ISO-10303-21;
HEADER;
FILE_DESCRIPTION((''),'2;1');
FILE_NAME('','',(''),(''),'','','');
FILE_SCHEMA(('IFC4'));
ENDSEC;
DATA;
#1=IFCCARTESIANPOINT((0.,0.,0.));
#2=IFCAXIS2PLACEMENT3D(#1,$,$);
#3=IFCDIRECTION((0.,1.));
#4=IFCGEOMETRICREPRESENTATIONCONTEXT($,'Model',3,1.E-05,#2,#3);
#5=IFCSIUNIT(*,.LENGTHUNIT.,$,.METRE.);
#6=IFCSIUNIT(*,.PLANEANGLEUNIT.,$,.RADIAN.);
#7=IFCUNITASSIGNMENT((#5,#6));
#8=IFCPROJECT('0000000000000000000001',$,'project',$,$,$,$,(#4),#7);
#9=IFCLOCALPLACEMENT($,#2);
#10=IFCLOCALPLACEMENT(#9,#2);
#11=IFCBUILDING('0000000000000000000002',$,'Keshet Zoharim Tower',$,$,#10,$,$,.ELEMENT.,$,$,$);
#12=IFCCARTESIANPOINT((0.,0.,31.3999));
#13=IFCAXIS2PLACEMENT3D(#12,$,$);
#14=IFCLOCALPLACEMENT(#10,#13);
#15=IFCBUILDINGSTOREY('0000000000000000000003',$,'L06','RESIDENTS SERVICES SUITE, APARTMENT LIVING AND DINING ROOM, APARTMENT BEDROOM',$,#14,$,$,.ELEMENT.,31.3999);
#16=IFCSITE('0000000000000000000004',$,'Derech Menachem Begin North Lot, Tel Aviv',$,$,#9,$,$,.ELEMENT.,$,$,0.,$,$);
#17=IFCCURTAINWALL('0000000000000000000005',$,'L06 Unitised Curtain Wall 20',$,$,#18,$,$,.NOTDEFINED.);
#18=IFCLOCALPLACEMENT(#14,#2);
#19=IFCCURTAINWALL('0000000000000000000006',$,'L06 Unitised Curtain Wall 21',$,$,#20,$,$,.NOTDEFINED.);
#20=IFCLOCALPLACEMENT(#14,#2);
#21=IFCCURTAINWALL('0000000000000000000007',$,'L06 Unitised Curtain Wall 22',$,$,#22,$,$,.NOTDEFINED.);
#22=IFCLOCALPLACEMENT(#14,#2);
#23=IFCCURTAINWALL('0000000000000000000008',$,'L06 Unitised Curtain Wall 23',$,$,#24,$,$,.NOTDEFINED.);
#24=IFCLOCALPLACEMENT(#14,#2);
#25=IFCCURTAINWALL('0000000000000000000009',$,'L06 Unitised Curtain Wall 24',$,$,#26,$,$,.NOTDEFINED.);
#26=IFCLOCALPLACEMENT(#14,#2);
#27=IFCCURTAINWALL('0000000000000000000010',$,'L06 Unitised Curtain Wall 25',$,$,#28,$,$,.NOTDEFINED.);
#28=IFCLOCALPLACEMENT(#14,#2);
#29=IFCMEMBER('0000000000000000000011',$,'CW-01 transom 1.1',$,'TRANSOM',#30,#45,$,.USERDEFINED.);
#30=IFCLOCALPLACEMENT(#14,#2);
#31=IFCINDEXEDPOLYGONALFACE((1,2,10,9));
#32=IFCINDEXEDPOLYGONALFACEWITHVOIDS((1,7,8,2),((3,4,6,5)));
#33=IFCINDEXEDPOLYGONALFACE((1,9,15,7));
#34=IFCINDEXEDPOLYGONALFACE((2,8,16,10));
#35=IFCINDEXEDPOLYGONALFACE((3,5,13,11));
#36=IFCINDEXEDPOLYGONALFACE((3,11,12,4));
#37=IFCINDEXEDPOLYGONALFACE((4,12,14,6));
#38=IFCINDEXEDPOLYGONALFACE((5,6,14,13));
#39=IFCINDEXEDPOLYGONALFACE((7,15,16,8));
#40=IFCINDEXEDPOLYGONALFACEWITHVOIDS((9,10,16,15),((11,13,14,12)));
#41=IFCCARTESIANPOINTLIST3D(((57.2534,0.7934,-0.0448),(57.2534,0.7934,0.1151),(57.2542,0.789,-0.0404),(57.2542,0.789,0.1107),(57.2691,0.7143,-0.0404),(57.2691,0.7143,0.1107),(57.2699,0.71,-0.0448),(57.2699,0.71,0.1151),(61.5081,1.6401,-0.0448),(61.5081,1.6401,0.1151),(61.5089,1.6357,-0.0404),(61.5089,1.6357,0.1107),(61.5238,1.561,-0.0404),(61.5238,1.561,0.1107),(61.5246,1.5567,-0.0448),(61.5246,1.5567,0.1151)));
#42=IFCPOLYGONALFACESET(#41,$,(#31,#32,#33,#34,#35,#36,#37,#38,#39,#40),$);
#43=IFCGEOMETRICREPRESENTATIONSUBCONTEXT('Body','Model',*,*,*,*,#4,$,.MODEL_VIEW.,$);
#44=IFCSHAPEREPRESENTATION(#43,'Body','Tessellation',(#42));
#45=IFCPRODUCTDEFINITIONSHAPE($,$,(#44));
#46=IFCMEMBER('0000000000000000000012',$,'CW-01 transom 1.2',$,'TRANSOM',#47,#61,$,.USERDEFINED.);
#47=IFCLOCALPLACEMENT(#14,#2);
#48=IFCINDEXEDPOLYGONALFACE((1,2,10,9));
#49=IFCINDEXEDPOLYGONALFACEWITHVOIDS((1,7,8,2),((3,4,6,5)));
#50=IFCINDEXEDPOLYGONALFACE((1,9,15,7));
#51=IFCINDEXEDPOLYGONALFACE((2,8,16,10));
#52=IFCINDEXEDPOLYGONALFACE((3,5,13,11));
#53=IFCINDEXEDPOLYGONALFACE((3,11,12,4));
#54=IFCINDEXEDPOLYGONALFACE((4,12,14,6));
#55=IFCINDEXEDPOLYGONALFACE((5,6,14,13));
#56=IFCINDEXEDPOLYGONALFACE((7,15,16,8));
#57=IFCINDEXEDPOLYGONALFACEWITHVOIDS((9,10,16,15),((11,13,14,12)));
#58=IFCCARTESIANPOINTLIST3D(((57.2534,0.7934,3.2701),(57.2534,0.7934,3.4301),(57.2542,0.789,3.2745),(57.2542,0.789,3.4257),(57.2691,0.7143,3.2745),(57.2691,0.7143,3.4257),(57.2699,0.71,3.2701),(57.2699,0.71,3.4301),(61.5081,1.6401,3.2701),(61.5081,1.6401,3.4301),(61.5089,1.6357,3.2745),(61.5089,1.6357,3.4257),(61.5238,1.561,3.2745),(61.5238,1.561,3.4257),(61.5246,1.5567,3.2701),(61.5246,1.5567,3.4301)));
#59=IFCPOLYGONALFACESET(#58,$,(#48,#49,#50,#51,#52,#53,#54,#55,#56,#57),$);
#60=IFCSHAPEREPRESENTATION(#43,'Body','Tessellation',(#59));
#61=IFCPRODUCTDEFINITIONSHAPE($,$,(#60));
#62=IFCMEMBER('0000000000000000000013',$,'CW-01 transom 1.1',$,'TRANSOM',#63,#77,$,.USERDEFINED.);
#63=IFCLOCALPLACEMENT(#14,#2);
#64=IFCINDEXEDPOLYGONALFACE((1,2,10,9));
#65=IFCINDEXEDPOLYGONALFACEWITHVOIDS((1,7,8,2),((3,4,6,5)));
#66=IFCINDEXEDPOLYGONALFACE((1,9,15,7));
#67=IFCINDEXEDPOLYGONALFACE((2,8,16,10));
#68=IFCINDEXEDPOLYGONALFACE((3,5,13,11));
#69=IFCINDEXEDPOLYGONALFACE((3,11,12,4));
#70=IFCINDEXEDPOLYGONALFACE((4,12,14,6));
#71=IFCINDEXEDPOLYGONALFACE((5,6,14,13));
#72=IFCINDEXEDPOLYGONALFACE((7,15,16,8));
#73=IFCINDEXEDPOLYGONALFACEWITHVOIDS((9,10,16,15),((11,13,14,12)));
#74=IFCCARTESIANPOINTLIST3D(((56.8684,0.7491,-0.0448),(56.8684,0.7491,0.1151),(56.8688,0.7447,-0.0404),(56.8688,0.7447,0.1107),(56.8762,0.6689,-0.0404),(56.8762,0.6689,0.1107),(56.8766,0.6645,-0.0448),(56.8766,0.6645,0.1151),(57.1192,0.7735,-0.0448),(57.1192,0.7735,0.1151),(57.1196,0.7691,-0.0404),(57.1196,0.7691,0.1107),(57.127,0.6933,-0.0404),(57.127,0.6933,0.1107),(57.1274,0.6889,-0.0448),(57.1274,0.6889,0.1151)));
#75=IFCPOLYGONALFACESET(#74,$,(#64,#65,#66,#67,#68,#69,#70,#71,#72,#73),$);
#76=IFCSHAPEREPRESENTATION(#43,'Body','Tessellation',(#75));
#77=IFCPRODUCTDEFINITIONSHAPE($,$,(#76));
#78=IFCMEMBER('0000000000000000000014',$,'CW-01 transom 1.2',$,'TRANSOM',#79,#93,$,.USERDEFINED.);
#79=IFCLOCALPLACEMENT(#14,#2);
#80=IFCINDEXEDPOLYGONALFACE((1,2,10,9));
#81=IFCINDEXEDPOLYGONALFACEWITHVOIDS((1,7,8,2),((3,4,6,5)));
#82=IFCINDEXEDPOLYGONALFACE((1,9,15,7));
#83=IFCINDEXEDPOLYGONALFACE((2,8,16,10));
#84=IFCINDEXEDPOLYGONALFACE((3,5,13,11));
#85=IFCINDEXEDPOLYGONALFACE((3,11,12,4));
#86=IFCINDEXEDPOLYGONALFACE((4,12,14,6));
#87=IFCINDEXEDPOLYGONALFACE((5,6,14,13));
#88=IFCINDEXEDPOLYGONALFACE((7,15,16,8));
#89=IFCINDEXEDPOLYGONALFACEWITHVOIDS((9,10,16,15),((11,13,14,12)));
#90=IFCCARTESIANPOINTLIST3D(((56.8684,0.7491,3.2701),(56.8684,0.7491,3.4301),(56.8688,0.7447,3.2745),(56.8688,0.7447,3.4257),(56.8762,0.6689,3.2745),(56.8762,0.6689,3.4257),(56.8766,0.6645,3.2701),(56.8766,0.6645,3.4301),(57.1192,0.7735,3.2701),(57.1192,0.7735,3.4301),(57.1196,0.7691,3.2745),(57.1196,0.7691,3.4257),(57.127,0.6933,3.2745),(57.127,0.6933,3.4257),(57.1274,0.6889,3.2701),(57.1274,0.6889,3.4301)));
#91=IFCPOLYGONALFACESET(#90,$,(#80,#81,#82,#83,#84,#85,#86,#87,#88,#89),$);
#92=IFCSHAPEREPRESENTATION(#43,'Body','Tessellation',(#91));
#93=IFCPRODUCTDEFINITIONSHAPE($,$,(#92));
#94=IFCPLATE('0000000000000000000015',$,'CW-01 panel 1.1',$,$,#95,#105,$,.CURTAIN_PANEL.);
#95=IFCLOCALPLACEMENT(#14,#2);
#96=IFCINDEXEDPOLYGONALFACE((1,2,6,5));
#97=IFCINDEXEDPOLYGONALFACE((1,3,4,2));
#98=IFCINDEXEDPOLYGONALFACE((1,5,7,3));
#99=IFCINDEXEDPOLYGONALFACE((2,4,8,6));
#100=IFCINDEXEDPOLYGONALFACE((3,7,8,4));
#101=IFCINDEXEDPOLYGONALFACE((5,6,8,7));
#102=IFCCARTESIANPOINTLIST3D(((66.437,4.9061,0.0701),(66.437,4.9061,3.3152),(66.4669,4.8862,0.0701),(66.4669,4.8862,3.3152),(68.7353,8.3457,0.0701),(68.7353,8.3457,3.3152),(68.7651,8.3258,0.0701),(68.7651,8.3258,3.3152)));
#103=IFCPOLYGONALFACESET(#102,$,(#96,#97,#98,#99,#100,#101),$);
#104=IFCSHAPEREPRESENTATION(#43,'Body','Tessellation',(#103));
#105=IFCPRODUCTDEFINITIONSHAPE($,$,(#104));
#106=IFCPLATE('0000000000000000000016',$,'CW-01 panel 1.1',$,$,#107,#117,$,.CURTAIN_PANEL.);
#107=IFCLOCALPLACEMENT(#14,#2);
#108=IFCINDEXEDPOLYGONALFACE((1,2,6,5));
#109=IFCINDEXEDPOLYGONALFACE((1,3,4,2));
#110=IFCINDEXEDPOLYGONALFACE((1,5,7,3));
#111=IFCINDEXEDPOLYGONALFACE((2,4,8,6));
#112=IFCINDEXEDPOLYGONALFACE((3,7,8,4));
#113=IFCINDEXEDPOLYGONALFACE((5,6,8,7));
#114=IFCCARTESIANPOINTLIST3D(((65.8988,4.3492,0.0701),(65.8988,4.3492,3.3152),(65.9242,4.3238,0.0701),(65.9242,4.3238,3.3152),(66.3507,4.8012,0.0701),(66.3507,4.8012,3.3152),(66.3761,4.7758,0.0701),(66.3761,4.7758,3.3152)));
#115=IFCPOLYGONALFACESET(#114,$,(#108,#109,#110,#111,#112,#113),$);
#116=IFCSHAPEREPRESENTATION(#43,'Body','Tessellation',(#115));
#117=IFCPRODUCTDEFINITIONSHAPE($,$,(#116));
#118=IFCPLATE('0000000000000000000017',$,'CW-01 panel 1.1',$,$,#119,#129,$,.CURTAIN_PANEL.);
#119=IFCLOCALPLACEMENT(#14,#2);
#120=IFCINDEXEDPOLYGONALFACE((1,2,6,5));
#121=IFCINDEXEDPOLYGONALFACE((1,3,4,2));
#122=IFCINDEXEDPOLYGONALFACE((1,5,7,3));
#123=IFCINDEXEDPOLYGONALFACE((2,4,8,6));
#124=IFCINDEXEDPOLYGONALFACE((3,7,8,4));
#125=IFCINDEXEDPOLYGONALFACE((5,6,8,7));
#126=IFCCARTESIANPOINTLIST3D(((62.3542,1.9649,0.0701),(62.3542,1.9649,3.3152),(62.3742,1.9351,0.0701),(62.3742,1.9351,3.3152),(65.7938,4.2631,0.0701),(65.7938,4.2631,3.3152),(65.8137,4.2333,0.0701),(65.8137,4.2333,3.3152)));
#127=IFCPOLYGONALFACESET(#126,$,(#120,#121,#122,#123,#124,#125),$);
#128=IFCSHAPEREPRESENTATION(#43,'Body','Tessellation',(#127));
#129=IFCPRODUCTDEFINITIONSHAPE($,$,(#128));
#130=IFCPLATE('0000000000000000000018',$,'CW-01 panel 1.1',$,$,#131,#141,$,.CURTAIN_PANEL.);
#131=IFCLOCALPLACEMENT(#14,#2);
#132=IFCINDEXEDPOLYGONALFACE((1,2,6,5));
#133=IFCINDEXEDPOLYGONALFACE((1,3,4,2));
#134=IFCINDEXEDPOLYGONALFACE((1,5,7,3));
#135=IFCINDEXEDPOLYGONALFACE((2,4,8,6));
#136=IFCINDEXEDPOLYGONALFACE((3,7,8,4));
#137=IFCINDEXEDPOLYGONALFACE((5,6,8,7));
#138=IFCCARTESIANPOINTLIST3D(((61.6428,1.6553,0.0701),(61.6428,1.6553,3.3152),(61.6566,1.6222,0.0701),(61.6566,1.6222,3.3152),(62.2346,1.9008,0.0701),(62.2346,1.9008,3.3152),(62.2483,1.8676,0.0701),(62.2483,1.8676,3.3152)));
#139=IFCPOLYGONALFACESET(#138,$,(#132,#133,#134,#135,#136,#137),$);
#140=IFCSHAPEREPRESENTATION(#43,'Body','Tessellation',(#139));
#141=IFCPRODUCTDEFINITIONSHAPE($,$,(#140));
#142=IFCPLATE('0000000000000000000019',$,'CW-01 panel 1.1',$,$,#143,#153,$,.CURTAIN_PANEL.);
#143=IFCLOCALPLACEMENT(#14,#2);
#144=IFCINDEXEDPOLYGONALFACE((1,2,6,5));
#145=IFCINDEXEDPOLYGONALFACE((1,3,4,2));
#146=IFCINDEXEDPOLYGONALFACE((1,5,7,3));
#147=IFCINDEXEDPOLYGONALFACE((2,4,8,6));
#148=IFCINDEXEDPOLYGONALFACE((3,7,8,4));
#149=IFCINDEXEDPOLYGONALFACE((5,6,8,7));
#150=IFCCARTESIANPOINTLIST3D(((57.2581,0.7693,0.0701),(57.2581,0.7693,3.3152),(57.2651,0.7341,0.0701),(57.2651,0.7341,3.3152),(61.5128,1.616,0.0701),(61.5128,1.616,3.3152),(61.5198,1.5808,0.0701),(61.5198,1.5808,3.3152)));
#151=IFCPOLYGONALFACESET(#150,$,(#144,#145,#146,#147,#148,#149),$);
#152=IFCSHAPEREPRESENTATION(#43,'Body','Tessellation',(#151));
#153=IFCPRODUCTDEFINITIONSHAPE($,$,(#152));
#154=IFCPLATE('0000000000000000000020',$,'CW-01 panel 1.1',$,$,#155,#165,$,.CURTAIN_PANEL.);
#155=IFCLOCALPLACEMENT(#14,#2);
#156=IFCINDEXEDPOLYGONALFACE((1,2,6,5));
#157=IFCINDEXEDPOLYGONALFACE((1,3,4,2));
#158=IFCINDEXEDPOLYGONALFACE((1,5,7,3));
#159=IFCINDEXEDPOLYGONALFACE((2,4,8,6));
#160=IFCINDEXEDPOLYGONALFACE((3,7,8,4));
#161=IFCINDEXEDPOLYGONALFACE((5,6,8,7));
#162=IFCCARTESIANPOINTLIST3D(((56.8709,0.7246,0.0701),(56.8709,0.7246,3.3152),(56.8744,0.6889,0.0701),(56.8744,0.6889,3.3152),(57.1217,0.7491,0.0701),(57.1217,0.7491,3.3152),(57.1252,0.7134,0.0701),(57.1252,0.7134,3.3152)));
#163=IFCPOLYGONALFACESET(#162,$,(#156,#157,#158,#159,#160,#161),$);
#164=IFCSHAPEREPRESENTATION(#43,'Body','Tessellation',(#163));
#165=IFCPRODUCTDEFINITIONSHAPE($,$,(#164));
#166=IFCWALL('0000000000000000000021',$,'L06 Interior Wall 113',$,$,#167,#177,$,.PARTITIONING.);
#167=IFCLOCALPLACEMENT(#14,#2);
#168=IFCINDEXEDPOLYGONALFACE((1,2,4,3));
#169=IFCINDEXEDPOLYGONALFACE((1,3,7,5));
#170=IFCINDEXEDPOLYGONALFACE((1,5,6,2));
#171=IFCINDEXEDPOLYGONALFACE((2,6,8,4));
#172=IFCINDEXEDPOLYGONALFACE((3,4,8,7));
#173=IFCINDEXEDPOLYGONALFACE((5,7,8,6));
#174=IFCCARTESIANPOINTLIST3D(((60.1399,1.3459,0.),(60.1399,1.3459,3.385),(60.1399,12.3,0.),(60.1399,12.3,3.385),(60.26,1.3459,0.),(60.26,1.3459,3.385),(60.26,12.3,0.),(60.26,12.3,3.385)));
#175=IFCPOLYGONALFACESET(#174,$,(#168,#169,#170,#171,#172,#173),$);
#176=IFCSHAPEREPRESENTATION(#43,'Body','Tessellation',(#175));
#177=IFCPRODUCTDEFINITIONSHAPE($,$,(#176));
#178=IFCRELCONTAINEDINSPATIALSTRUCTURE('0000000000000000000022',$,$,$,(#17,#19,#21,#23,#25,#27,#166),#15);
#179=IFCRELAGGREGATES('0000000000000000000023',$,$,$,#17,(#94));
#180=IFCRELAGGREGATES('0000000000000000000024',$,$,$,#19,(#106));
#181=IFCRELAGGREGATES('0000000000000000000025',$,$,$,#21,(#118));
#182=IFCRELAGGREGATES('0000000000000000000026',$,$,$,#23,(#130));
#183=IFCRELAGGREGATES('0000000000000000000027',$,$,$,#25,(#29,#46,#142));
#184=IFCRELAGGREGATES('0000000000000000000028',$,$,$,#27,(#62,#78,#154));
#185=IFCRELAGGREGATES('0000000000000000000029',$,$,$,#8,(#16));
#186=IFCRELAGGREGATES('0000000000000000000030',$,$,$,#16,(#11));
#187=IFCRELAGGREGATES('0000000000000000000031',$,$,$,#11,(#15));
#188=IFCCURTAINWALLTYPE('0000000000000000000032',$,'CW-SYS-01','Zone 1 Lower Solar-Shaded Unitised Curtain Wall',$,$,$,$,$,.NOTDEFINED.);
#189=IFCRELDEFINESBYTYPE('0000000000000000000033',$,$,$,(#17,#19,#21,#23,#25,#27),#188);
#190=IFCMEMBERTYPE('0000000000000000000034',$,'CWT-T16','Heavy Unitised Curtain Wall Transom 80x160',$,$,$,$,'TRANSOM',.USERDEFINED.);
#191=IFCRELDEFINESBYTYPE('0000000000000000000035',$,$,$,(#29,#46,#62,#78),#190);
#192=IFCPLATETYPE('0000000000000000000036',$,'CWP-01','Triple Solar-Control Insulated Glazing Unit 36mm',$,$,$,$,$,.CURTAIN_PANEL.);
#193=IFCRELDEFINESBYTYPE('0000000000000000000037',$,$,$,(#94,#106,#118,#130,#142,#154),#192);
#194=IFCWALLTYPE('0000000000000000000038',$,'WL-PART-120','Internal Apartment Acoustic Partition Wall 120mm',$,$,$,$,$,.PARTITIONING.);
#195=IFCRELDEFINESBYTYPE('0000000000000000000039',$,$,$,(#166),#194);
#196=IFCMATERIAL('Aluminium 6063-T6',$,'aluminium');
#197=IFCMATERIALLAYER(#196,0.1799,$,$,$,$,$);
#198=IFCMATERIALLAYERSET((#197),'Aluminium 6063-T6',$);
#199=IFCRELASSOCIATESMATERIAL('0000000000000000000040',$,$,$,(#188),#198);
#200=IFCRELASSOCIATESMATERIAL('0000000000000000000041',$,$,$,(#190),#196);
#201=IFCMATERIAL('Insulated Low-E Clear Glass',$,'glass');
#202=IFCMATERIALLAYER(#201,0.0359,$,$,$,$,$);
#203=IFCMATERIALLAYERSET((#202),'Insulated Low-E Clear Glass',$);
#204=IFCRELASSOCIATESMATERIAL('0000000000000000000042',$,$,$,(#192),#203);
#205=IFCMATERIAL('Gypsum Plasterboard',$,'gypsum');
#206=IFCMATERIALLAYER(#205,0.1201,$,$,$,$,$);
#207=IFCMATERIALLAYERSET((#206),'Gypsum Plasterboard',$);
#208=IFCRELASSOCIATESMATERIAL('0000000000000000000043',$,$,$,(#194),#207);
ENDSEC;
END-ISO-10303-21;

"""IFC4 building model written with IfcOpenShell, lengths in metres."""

from ifc_helpers import new_model, si_unit, direction, frame, frame_2d, origin, origin_2d, place, context, subcontext, project, spatial, rectangle, hollow_rectangle, extrude, material, layer, layer_set, material_profile, profile_set, type_object, element, aggregate, save


model = new_model("IFC4")

# Units and contexts
model_context = context("Model", 3, precision=1e-05, world=origin(), true_north=direction((0.0, 1.0)))
body_context = subcontext(model_context, "Body", "Model", "MODEL_VIEW")
ifc_project = project(units=[si_unit("LENGTHUNIT", "METRE"), si_unit("PLANEANGLEUNIT", "RADIAN")], contexts=[model_context])

# Site, building, storey
site_placement = place(None, origin())
site = spatial("IfcSite", under=ifc_project, at=site_placement, Name="Derech Menachem Begin North Lot, Tel Aviv", CompositionType="ELEMENT", RefElevation=0.0)
building_placement = place(site_placement, origin())
building = spatial("IfcBuilding", under=site, at=building_placement, Name="Keshet Zoharim Tower", CompositionType="ELEMENT")
storey_placement = place(building_placement, frame((0.0, 0.0, 31.3999)))
storey = spatial("IfcBuildingStorey", under=building, at=storey_placement, Name="L06", Description="RESIDENTS SERVICES SUITE, APARTMENT LIVING AND DINING ROOM, APARTMENT BEDROOM", CompositionType="ELEMENT", Elevation=31.3999)

# Curtain wall
ifc_material_1 = material(Name="Aluminium 6063-T6", Category="aluminium")
ifc_layer_1 = layer(ifc_material_1, 0.1799)
ifc_layer_set_1 = layer_set([ifc_layer_1], Name="Aluminium 6063-T6")
curtain_wall_type = type_object("IfcCurtainWallType", Name="CW-SYS-01", Description="Zone 1 Lower Solar-Shaded Unitised Curtain Wall", PredefinedType="NOTDEFINED", material=ifc_layer_set_1)
curtain_wall_1_placement = place(storey_placement, origin())
curtain_wall_1 = element("IfcCurtainWall", 1, at=curtain_wall_1_placement, inside=storey, type_object=curtain_wall_type, Name="L06 Unitised Curtain Wall 20", PredefinedType="NOTDEFINED")

# Curtain walls
curtain_wall_2_placement = place(storey_placement, origin())
curtain_wall_2 = element("IfcCurtainWall", 2, at=curtain_wall_2_placement, inside=storey, type_object=curtain_wall_type, Name="L06 Unitised Curtain Wall 21", PredefinedType="NOTDEFINED")
curtain_wall_3_placement = place(storey_placement, origin())
curtain_wall_3 = element("IfcCurtainWall", 3, at=curtain_wall_3_placement, inside=storey, type_object=curtain_wall_type, Name="L06 Unitised Curtain Wall 22", PredefinedType="NOTDEFINED")
curtain_wall_4_placement = place(storey_placement, origin())
curtain_wall_4 = element("IfcCurtainWall", 4, at=curtain_wall_4_placement, inside=storey, type_object=curtain_wall_type, Name="L06 Unitised Curtain Wall 23", PredefinedType="NOTDEFINED")
curtain_wall_5_placement = place(storey_placement, origin())
curtain_wall_5 = element("IfcCurtainWall", 5, at=curtain_wall_5_placement, inside=storey, type_object=curtain_wall_type, Name="L06 Unitised Curtain Wall 24", PredefinedType="NOTDEFINED")

# Curtain wall
curtain_wall_6_placement = place(storey_placement, origin())
curtain_wall_6 = element("IfcCurtainWall", 6, at=curtain_wall_6_placement, inside=storey, type_object=curtain_wall_type, Name="L06 Unitised Curtain Wall 25", PredefinedType="NOTDEFINED")

# Members
ifc_material_profile_1 = material_profile(ifc_material_1, hollow_rectangle(XDim=0.085, YDim=0.1599, WallThickness=0.0044, at=origin_2d()), Name="TRN-85x160")
ifc_profile_set_1 = profile_set([ifc_material_profile_1], Name="Aluminium 6063-T6")
member_type_1 = type_object("IfcMemberType", Name="CWT-T16", Description="Heavy Unitised Curtain Wall Transom 80x160", ElementType="TRANSOM", PredefinedType="USERDEFINED", material=ifc_profile_set_1)
member_1_placement = place(storey_placement, frame((61.5164, 1.5984, 0.0352), z_axis=(-0.980769, -0.195174, 0.0), x_axis=(0.195174, -0.980769, 0.0)))
member_1 = element("IfcMember", 7, at=member_1_placement, type_object=member_type_1, Name="CW-01 transom 1.1", ObjectType="TRANSOM", PredefinedType="USERDEFINED", context=body_context, shape_type="SweptSolid", body=[
    extrude(hollow_rectangle(XDim=0.085, YDim=0.1599, WallThickness=0.0044, at=origin_2d()), origin(), (0.0, 0.0, 1.0), 4.3381),
])
member_2_placement = place(storey_placement, frame((61.5164, 1.5984, 3.3501), z_axis=(-0.980769, -0.195174, 0.0), x_axis=(0.195174, -0.980769, 0.0)))
member_2 = element("IfcMember", 8, at=member_2_placement, type_object=member_type_1, Name="CW-01 transom 1.2", ObjectType="TRANSOM", PredefinedType="USERDEFINED", context=body_context, shape_type="SweptSolid", body=[
    extrude(hollow_rectangle(XDim=0.085, YDim=0.1599, WallThickness=0.0044, at=origin_2d()), origin(), (0.0, 0.0, 1.0), 4.3381),
])
member_3_placement = place(storey_placement, frame((57.1233, 0.7312, 0.0352), z_axis=(-0.995293, -0.096913, 0.0), x_axis=(0.096913, -0.995293, 0.0)))
member_3 = element("IfcMember", 9, at=member_3_placement, type_object=member_type_1, Name="CW-01 transom 1.1", ObjectType="TRANSOM", PredefinedType="USERDEFINED", context=body_context, shape_type="SweptSolid", body=[
    extrude(hollow_rectangle(XDim=0.085, YDim=0.1599, WallThickness=0.0044, at=origin_2d()), origin(), (0.0, 0.0, 1.0), 0.252),
])
member_4_placement = place(storey_placement, frame((57.1233, 0.7312, 3.3501), z_axis=(-0.995293, -0.096913, 0.0), x_axis=(0.096913, -0.995293, 0.0)))
member_4 = element("IfcMember", 10, at=member_4_placement, type_object=member_type_1, Name="CW-01 transom 1.2", ObjectType="TRANSOM", PredefinedType="USERDEFINED", context=body_context, shape_type="SweptSolid", body=[
    extrude(hollow_rectangle(XDim=0.085, YDim=0.1599, WallThickness=0.0044, at=origin_2d()), origin(), (0.0, 0.0, 1.0), 0.252),
])

# Plates
ifc_material_2 = material(Name="Insulated Low-E Clear Glass", Category="glass")
ifc_layer_2 = layer(ifc_material_2, 0.0359)
ifc_layer_set_2 = layer_set([ifc_layer_2], Name="Insulated Low-E Clear Glass")
plate_type = type_object("IfcPlateType", Name="CWP-01", Description="Triple Solar-Control Insulated Glazing Unit 36mm", PredefinedType="CURTAIN_PANEL", material=ifc_layer_set_2)
plate_1_placement = place(storey_placement, frame((67.6011, 6.616, 0.0701), z_axis=(0.0, 0.0, 1.0), x_axis=(-0.555563, -0.831474, 0.0)))
plate_1 = element("IfcPlate", 11, at=plate_1_placement, type_object=plate_type, Name="CW-01 panel 1.1", PredefinedType="CURTAIN_PANEL", context=body_context, shape_type="SweptSolid", body=[
    extrude(rectangle(XDim=4.1367, YDim=0.0359, at=origin_2d()), origin(), (0.0, 0.0, 1.0), 3.2451),
])
aggregate(curtain_wall_1, [plate_1])
plate_2_placement = place(storey_placement, frame((66.1375, 4.5625, 0.0701), z_axis=(0.0, 0.0, 1.0), x_axis=(-0.707107, -0.707107, 0.0)))
plate_2 = element("IfcPlate", 12, at=plate_2_placement, type_object=plate_type, Name="CW-01 panel 1.1", PredefinedType="CURTAIN_PANEL", context=body_context, shape_type="SweptSolid", body=[
    extrude(rectangle(XDim=0.6392, YDim=0.0359, at=origin_2d()), origin(), (0.0, 0.0, 1.0), 3.2451),
])
aggregate(curtain_wall_2, [plate_2])
plate_3_placement = place(storey_placement, frame((64.084, 3.0991, 0.0701), z_axis=(0.0, 0.0, 1.0), x_axis=(-0.831474, -0.555563, 0.0)))
plate_3 = element("IfcPlate", 13, at=plate_3_placement, type_object=plate_type, Name="CW-01 panel 1.1", PredefinedType="CURTAIN_PANEL", context=body_context, shape_type="SweptSolid", body=[
    extrude(rectangle(XDim=4.1367, YDim=0.0359, at=origin_2d()), origin(), (0.0, 0.0, 1.0), 3.2451),
])
aggregate(curtain_wall_3, [plate_3])
plate_4_placement = place(storey_placement, frame((61.9456, 1.7615, 0.0701), z_axis=(0.0, 0.0, 1.0), x_axis=(-0.92372, -0.383068, 0.0)))
plate_4 = element("IfcPlate", 14, at=plate_4_placement, type_object=plate_type, Name="CW-01 panel 1.1", PredefinedType="CURTAIN_PANEL", context=body_context, shape_type="SweptSolid", body=[
    extrude(rectangle(XDim=0.6406, YDim=0.0359, at=origin_2d()), origin(), (0.0, 0.0, 1.0), 3.2451),
])
aggregate(curtain_wall_4, [plate_4])
plate_5_placement = place(storey_placement, frame((59.3889, 1.175, 0.0701), z_axis=(0.0, 0.0, 1.0), x_axis=(-0.980769, -0.195171, 0.0)))
plate_5 = element("IfcPlate", 15, at=plate_5_placement, type_object=plate_type, Name="CW-01 panel 1.1", PredefinedType="CURTAIN_PANEL", context=body_context, shape_type="SweptSolid", body=[
    extrude(rectangle(XDim=4.3381, YDim=0.0359, at=origin_2d()), origin(), (0.0, 0.0, 1.0), 3.2451),
])
aggregate(curtain_wall_5, [member_1, member_2, plate_5])
plate_6_placement = place(storey_placement, frame((56.998, 0.719, 0.0701), z_axis=(0.0, 0.0, 1.0), x_axis=(-0.995287, -0.096977, 0.0)))
plate_6 = element("IfcPlate", 16, at=plate_6_placement, type_object=plate_type, Name="CW-01 panel 1.1", PredefinedType="CURTAIN_PANEL", context=body_context, shape_type="SweptSolid", body=[
    extrude(rectangle(XDim=0.252, YDim=0.0359, at=origin_2d()), origin(), (0.0, 0.0, 1.0), 3.2451),
])
aggregate(curtain_wall_6, [member_3, member_4, plate_6])

# Wall
ifc_material_3 = material(Name="Gypsum Plasterboard", Category="gypsum")
ifc_layer_3 = layer(ifc_material_3, 0.1201)
ifc_layer_set_3 = layer_set([ifc_layer_3], Name="Gypsum Plasterboard")
wall_type = type_object("IfcWallType", Name="WL-PART-120", Description="Internal Apartment Acoustic Partition Wall 120mm", PredefinedType="PARTITIONING", material=ifc_layer_set_3)
wall_1_placement = place(storey_placement, frame((60.2, 1.3459, 0.0), z_axis=(0.0, 0.0, 1.0), x_axis=(0.0, 1.0, 0.0)))
element("IfcWall", 17, at=wall_1_placement, inside=storey, type_object=wall_type, Name="L06 Interior Wall 113", PredefinedType="PARTITIONING", context=body_context, shape_type="SweptSolid", body=[
    extrude(rectangle(XDim=10.9541, YDim=0.1201, at=frame_2d((5.4771, 0.0))), origin(), (0.0, 0.0, 1.0), 3.385),
])

save(model, "model.ifc")
